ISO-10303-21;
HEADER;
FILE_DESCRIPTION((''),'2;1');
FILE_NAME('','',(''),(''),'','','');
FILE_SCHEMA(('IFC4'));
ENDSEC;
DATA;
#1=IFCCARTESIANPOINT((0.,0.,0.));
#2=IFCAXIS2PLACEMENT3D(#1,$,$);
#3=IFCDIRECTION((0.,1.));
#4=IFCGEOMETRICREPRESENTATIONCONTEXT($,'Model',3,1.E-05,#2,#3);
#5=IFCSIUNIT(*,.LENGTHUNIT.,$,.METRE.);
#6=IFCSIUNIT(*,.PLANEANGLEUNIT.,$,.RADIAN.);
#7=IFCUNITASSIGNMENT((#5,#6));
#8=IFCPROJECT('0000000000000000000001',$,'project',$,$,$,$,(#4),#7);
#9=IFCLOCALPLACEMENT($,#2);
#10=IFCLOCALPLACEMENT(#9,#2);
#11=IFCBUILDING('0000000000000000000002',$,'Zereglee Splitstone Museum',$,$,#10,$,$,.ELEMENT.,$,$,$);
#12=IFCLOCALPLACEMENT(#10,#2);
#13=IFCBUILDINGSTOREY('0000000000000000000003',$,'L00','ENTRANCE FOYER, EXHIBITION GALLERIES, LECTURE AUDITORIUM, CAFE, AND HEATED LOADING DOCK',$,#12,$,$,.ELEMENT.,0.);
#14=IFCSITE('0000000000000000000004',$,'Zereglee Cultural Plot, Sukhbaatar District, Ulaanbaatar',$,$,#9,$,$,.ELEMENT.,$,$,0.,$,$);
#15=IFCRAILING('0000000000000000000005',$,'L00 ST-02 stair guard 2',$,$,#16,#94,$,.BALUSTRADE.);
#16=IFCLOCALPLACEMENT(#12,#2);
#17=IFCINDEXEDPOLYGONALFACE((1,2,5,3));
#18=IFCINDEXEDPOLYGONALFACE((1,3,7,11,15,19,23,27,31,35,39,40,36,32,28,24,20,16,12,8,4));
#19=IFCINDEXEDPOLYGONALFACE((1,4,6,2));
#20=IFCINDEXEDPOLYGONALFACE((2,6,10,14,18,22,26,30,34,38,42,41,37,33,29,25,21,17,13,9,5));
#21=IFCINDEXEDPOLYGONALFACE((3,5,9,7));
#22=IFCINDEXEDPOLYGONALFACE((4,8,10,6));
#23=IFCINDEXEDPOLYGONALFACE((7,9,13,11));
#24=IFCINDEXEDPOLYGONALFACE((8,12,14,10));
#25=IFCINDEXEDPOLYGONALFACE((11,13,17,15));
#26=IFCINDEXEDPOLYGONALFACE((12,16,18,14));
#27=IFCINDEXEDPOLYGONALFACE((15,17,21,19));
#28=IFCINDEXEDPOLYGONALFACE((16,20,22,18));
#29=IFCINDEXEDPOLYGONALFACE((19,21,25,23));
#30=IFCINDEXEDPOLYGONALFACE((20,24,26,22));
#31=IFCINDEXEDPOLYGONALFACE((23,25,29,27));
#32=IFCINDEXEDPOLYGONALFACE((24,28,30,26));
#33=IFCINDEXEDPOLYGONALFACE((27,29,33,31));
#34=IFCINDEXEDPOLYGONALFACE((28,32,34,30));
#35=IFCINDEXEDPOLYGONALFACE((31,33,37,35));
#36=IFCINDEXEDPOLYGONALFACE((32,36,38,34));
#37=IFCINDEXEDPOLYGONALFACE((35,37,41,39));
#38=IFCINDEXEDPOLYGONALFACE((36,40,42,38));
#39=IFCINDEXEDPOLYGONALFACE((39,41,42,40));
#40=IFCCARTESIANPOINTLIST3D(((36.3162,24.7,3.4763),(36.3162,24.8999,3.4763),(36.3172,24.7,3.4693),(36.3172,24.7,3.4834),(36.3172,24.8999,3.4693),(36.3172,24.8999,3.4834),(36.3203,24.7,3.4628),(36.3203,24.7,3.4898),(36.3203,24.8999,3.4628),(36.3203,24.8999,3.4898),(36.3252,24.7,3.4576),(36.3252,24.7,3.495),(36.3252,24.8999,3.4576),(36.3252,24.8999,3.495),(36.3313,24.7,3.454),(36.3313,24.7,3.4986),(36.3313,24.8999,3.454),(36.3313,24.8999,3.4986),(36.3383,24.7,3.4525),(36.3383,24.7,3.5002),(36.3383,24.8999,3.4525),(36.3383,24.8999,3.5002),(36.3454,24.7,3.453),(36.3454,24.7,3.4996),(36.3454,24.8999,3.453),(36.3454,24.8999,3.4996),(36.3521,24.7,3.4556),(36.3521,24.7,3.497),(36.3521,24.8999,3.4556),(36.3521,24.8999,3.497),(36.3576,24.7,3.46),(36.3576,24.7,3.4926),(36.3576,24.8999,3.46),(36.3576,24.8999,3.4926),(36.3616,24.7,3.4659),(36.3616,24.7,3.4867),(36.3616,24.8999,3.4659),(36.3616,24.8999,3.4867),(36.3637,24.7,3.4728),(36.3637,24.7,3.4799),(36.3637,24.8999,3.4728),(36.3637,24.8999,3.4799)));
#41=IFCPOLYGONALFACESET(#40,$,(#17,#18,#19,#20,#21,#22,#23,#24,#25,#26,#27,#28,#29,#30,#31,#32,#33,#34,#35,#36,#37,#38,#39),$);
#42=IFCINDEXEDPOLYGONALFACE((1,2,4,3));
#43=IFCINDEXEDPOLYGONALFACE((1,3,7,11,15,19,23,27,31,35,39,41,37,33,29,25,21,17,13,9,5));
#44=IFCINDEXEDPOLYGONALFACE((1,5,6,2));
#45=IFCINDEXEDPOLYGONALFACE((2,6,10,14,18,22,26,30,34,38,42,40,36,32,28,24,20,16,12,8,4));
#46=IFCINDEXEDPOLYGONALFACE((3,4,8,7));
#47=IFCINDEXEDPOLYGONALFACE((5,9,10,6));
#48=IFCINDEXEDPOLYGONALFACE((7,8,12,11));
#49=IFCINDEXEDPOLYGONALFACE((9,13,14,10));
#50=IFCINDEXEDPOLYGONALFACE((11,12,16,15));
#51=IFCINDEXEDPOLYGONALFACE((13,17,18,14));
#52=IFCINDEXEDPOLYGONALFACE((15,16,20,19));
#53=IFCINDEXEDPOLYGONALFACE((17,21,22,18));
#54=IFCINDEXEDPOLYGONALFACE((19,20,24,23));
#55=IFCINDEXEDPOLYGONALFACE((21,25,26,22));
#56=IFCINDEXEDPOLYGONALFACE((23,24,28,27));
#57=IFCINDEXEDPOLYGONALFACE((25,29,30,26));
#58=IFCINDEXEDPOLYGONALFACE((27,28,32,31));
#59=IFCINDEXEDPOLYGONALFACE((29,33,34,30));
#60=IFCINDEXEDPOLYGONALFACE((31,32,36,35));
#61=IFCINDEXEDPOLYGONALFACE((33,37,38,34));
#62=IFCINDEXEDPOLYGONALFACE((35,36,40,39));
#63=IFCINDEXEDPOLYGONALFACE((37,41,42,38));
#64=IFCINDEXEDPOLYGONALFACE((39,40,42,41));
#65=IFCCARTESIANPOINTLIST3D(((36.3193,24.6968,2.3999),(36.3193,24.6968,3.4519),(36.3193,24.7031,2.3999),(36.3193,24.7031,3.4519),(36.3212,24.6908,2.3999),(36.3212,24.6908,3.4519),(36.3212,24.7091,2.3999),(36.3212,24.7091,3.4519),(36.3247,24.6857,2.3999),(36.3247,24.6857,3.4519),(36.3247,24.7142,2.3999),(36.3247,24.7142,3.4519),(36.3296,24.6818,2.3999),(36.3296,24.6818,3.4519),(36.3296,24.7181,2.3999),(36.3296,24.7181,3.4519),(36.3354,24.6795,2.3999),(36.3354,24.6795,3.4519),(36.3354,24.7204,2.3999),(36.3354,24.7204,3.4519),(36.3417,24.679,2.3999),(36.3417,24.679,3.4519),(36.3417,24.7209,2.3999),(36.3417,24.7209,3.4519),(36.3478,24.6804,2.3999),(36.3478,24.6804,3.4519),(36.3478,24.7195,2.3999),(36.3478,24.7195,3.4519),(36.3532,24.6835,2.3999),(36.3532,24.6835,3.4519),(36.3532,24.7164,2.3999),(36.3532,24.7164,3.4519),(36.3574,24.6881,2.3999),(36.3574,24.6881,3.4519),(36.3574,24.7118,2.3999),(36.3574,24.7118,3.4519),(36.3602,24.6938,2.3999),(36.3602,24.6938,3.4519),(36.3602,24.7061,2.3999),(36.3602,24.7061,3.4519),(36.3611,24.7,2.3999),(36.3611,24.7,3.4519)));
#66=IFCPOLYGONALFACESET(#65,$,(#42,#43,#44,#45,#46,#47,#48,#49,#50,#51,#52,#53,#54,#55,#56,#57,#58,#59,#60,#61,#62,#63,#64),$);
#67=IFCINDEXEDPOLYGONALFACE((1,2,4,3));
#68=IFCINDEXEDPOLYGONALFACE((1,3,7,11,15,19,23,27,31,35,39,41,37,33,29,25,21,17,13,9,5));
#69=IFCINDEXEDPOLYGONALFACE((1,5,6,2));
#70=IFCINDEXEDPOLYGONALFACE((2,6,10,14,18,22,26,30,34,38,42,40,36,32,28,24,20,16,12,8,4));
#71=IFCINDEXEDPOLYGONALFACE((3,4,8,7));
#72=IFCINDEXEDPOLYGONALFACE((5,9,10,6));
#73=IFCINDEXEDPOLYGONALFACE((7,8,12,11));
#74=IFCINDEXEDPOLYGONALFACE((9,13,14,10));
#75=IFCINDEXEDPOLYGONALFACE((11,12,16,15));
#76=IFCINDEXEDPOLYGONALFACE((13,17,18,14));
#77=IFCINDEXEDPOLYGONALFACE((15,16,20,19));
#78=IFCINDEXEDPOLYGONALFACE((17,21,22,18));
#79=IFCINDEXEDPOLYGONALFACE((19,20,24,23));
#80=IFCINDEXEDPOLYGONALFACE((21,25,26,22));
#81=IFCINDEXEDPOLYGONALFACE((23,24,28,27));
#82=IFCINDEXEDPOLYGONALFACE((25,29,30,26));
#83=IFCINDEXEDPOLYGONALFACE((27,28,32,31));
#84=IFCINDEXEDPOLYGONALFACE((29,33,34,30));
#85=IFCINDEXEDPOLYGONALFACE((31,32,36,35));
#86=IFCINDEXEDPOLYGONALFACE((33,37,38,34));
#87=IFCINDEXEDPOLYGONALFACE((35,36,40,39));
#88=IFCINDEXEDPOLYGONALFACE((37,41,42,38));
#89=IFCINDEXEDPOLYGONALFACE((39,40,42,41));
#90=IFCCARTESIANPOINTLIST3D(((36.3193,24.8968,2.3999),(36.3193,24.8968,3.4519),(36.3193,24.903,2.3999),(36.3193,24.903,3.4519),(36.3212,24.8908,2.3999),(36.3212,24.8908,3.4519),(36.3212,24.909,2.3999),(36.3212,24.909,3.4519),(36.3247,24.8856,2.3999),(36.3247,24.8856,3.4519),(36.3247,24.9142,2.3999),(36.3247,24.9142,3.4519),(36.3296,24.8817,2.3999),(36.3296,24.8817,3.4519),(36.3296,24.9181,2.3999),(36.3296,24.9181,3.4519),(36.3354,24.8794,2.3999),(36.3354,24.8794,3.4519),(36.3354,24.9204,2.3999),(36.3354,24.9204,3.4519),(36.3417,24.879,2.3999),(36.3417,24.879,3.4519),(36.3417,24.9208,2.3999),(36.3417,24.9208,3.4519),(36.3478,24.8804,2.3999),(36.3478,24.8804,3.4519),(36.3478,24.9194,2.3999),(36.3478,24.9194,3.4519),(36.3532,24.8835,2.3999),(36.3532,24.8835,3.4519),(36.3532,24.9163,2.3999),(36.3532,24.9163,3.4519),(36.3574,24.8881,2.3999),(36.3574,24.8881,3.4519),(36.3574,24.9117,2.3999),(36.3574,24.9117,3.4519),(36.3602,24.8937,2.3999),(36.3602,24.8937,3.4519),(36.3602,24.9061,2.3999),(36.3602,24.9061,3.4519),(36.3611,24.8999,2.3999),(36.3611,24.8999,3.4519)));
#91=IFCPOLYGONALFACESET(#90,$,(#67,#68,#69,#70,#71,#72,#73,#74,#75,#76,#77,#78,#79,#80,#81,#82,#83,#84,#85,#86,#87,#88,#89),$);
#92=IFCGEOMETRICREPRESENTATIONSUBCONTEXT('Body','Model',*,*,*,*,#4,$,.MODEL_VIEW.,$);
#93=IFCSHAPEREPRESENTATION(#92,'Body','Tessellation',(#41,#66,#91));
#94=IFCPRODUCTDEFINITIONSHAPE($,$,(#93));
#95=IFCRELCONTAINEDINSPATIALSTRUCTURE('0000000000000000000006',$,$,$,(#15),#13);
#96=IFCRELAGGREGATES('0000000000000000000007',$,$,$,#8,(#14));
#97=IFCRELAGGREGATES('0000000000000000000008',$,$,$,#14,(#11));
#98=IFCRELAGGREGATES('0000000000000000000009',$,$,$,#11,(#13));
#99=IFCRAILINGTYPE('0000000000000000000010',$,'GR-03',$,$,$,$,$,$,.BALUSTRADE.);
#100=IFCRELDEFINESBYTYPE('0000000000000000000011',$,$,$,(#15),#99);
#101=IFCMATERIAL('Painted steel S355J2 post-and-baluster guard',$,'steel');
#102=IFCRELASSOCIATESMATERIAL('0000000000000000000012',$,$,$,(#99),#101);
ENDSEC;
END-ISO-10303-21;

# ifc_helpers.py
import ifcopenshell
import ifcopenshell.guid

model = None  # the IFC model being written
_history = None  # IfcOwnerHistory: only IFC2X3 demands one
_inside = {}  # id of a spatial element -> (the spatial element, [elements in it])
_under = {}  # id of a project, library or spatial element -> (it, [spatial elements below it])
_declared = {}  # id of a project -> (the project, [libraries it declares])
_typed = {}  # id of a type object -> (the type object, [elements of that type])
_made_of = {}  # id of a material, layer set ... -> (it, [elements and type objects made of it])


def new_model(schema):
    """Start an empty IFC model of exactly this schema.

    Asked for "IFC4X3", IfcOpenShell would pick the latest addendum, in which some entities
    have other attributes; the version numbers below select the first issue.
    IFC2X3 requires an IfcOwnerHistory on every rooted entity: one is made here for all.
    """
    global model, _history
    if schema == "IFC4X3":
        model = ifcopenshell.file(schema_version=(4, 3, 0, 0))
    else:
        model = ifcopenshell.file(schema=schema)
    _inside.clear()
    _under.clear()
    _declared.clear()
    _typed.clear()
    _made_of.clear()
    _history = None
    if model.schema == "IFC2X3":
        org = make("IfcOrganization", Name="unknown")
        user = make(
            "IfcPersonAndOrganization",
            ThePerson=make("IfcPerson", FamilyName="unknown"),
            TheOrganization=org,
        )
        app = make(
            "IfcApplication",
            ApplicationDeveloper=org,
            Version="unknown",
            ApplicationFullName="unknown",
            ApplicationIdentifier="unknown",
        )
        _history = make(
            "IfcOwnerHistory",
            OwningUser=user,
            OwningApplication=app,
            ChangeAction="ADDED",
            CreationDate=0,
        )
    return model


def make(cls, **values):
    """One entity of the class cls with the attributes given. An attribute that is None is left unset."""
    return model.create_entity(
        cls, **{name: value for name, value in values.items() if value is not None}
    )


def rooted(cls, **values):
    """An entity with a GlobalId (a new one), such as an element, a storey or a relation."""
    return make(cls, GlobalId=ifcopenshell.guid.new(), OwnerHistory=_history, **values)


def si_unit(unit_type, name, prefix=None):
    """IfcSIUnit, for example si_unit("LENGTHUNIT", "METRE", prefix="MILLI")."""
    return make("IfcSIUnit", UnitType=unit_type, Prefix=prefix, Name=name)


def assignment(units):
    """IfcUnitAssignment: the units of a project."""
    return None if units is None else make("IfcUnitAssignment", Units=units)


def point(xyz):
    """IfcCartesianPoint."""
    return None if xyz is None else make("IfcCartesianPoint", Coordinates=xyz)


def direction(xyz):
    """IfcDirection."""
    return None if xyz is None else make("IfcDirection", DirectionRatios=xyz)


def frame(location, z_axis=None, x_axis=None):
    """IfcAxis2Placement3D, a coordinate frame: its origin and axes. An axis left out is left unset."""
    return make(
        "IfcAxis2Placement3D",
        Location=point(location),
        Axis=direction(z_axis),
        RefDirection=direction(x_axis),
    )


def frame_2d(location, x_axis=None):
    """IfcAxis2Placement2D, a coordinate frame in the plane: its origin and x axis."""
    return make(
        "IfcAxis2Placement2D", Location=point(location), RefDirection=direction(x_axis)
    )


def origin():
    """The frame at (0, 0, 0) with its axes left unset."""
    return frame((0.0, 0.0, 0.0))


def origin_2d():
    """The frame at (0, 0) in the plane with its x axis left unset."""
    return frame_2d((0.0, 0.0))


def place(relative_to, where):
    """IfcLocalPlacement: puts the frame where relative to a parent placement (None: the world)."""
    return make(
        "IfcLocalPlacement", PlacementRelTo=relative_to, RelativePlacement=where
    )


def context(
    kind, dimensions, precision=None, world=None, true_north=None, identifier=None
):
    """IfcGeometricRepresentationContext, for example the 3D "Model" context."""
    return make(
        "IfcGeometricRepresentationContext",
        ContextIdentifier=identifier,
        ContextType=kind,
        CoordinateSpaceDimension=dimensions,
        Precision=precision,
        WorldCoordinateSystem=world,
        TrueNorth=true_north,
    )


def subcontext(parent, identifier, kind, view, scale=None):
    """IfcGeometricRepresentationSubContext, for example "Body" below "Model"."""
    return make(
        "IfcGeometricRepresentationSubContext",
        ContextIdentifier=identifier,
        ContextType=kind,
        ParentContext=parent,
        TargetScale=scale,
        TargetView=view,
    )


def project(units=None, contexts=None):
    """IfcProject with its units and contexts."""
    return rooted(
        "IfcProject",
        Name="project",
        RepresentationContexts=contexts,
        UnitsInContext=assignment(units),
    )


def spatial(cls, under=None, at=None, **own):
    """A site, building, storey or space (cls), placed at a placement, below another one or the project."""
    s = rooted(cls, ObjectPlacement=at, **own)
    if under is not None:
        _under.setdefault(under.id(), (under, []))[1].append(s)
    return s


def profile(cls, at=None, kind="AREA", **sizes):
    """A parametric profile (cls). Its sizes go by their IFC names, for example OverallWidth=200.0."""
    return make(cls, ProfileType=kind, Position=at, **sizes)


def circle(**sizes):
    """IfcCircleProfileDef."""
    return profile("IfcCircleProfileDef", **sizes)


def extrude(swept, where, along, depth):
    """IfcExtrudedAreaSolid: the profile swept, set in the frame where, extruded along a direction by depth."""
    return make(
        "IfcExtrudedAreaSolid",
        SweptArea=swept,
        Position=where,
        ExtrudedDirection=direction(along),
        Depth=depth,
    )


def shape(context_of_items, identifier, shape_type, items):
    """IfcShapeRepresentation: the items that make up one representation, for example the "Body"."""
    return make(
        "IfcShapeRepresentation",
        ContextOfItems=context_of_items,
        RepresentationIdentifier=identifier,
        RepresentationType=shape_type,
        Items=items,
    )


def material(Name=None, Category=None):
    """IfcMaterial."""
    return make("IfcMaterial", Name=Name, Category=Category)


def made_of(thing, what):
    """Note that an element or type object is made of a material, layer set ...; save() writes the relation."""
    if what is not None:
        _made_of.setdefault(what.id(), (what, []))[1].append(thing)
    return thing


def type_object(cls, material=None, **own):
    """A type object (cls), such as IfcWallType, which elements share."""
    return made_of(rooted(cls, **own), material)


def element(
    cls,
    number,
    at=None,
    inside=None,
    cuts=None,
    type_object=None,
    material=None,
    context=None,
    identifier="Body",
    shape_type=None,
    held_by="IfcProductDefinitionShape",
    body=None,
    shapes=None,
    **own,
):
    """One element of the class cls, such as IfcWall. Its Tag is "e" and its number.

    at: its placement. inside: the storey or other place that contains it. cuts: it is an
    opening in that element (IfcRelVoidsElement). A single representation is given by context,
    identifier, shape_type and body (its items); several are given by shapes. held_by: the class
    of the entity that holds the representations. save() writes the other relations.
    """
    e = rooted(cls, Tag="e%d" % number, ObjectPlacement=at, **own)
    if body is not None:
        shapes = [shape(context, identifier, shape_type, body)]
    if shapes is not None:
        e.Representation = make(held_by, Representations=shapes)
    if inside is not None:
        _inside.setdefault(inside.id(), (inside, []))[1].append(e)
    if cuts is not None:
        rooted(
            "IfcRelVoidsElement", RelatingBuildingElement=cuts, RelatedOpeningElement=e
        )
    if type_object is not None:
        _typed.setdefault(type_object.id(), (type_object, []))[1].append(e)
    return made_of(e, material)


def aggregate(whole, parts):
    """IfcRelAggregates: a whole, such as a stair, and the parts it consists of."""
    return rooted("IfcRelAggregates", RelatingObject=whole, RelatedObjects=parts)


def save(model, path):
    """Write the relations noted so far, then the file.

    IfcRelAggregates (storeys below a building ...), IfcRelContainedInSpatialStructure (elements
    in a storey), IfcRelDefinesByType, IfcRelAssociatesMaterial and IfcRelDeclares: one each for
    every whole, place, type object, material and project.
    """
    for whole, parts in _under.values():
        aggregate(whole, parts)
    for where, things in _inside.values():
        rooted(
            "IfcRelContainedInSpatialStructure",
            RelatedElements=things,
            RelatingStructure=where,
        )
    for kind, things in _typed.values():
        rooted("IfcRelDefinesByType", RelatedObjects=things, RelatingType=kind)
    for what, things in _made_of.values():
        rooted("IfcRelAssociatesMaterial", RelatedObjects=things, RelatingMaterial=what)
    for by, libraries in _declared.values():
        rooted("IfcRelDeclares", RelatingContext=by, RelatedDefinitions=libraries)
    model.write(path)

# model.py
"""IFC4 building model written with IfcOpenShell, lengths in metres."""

from ifc_helpers import new_model, si_unit, direction, frame, origin, origin_2d, place, context, subcontext, project, spatial, circle, extrude, material, type_object, element, save


model = new_model("IFC4")

# Units and contexts
model_context = context("Model", 3, precision=1e-05, world=origin(), true_north=direction((0.0, 1.0)))
body_context = subcontext(model_context, "Body", "Model", "MODEL_VIEW")
ifc_project = project(units=[si_unit("LENGTHUNIT", "METRE"), si_unit("PLANEANGLEUNIT", "RADIAN")], contexts=[model_context])

# Site, building, storey
site_placement = place(None, origin())
site = spatial("IfcSite", under=ifc_project, at=site_placement, Name="Zereglee Cultural Plot, Sukhbaatar District, Ulaanbaatar", CompositionType="ELEMENT", RefElevation=0.0)
building_placement = place(site_placement, origin())
building = spatial("IfcBuilding", under=site, at=building_placement, Name="Zereglee Splitstone Museum", CompositionType="ELEMENT")
storey_placement = place(building_placement, origin())
storey = spatial("IfcBuildingStorey", under=building, at=storey_placement, Name="L00", Description="ENTRANCE FOYER, EXHIBITION GALLERIES, LECTURE AUDITORIUM, CAFE, AND HEATED LOADING DOCK", CompositionType="ELEMENT", Elevation=0.0)

# Railing
ifc_material_1 = material(Name="Painted steel S355J2 post-and-baluster guard", Category="steel")
railing_type_1 = type_object("IfcRailingType", Name="GR-03", PredefinedType="BALUSTRADE", material=ifc_material_1)
railing_1_placement = place(storey_placement, frame((36.3401, 24.7, 2.3999)))
element("IfcRailing", 1, at=railing_1_placement, inside=storey, type_object=railing_type_1, Name="L00 ST-02 stair guard 2", PredefinedType="BALUSTRADE", context=body_context, shape_type="SweptSolid", body=[
    extrude(circle(Radius=0.0239, at=origin_2d()), frame((0.0, 0.0, 1.0764), z_axis=(0.0, 1.0, 0.0), x_axis=(-1.0, 0.0, 0.0)), (0.0, 0.0, 1.0), 0.2),
    extrude(circle(Radius=0.021, at=origin_2d()), origin(), (0.0, 0.0, 1.0), 1.052),
    extrude(circle(Radius=0.021, at=origin_2d()), frame((0.0, 0.2, 0.0)), (0.0, 0.0, 1.0), 1.052),
])

save(model, "model.ifc")
